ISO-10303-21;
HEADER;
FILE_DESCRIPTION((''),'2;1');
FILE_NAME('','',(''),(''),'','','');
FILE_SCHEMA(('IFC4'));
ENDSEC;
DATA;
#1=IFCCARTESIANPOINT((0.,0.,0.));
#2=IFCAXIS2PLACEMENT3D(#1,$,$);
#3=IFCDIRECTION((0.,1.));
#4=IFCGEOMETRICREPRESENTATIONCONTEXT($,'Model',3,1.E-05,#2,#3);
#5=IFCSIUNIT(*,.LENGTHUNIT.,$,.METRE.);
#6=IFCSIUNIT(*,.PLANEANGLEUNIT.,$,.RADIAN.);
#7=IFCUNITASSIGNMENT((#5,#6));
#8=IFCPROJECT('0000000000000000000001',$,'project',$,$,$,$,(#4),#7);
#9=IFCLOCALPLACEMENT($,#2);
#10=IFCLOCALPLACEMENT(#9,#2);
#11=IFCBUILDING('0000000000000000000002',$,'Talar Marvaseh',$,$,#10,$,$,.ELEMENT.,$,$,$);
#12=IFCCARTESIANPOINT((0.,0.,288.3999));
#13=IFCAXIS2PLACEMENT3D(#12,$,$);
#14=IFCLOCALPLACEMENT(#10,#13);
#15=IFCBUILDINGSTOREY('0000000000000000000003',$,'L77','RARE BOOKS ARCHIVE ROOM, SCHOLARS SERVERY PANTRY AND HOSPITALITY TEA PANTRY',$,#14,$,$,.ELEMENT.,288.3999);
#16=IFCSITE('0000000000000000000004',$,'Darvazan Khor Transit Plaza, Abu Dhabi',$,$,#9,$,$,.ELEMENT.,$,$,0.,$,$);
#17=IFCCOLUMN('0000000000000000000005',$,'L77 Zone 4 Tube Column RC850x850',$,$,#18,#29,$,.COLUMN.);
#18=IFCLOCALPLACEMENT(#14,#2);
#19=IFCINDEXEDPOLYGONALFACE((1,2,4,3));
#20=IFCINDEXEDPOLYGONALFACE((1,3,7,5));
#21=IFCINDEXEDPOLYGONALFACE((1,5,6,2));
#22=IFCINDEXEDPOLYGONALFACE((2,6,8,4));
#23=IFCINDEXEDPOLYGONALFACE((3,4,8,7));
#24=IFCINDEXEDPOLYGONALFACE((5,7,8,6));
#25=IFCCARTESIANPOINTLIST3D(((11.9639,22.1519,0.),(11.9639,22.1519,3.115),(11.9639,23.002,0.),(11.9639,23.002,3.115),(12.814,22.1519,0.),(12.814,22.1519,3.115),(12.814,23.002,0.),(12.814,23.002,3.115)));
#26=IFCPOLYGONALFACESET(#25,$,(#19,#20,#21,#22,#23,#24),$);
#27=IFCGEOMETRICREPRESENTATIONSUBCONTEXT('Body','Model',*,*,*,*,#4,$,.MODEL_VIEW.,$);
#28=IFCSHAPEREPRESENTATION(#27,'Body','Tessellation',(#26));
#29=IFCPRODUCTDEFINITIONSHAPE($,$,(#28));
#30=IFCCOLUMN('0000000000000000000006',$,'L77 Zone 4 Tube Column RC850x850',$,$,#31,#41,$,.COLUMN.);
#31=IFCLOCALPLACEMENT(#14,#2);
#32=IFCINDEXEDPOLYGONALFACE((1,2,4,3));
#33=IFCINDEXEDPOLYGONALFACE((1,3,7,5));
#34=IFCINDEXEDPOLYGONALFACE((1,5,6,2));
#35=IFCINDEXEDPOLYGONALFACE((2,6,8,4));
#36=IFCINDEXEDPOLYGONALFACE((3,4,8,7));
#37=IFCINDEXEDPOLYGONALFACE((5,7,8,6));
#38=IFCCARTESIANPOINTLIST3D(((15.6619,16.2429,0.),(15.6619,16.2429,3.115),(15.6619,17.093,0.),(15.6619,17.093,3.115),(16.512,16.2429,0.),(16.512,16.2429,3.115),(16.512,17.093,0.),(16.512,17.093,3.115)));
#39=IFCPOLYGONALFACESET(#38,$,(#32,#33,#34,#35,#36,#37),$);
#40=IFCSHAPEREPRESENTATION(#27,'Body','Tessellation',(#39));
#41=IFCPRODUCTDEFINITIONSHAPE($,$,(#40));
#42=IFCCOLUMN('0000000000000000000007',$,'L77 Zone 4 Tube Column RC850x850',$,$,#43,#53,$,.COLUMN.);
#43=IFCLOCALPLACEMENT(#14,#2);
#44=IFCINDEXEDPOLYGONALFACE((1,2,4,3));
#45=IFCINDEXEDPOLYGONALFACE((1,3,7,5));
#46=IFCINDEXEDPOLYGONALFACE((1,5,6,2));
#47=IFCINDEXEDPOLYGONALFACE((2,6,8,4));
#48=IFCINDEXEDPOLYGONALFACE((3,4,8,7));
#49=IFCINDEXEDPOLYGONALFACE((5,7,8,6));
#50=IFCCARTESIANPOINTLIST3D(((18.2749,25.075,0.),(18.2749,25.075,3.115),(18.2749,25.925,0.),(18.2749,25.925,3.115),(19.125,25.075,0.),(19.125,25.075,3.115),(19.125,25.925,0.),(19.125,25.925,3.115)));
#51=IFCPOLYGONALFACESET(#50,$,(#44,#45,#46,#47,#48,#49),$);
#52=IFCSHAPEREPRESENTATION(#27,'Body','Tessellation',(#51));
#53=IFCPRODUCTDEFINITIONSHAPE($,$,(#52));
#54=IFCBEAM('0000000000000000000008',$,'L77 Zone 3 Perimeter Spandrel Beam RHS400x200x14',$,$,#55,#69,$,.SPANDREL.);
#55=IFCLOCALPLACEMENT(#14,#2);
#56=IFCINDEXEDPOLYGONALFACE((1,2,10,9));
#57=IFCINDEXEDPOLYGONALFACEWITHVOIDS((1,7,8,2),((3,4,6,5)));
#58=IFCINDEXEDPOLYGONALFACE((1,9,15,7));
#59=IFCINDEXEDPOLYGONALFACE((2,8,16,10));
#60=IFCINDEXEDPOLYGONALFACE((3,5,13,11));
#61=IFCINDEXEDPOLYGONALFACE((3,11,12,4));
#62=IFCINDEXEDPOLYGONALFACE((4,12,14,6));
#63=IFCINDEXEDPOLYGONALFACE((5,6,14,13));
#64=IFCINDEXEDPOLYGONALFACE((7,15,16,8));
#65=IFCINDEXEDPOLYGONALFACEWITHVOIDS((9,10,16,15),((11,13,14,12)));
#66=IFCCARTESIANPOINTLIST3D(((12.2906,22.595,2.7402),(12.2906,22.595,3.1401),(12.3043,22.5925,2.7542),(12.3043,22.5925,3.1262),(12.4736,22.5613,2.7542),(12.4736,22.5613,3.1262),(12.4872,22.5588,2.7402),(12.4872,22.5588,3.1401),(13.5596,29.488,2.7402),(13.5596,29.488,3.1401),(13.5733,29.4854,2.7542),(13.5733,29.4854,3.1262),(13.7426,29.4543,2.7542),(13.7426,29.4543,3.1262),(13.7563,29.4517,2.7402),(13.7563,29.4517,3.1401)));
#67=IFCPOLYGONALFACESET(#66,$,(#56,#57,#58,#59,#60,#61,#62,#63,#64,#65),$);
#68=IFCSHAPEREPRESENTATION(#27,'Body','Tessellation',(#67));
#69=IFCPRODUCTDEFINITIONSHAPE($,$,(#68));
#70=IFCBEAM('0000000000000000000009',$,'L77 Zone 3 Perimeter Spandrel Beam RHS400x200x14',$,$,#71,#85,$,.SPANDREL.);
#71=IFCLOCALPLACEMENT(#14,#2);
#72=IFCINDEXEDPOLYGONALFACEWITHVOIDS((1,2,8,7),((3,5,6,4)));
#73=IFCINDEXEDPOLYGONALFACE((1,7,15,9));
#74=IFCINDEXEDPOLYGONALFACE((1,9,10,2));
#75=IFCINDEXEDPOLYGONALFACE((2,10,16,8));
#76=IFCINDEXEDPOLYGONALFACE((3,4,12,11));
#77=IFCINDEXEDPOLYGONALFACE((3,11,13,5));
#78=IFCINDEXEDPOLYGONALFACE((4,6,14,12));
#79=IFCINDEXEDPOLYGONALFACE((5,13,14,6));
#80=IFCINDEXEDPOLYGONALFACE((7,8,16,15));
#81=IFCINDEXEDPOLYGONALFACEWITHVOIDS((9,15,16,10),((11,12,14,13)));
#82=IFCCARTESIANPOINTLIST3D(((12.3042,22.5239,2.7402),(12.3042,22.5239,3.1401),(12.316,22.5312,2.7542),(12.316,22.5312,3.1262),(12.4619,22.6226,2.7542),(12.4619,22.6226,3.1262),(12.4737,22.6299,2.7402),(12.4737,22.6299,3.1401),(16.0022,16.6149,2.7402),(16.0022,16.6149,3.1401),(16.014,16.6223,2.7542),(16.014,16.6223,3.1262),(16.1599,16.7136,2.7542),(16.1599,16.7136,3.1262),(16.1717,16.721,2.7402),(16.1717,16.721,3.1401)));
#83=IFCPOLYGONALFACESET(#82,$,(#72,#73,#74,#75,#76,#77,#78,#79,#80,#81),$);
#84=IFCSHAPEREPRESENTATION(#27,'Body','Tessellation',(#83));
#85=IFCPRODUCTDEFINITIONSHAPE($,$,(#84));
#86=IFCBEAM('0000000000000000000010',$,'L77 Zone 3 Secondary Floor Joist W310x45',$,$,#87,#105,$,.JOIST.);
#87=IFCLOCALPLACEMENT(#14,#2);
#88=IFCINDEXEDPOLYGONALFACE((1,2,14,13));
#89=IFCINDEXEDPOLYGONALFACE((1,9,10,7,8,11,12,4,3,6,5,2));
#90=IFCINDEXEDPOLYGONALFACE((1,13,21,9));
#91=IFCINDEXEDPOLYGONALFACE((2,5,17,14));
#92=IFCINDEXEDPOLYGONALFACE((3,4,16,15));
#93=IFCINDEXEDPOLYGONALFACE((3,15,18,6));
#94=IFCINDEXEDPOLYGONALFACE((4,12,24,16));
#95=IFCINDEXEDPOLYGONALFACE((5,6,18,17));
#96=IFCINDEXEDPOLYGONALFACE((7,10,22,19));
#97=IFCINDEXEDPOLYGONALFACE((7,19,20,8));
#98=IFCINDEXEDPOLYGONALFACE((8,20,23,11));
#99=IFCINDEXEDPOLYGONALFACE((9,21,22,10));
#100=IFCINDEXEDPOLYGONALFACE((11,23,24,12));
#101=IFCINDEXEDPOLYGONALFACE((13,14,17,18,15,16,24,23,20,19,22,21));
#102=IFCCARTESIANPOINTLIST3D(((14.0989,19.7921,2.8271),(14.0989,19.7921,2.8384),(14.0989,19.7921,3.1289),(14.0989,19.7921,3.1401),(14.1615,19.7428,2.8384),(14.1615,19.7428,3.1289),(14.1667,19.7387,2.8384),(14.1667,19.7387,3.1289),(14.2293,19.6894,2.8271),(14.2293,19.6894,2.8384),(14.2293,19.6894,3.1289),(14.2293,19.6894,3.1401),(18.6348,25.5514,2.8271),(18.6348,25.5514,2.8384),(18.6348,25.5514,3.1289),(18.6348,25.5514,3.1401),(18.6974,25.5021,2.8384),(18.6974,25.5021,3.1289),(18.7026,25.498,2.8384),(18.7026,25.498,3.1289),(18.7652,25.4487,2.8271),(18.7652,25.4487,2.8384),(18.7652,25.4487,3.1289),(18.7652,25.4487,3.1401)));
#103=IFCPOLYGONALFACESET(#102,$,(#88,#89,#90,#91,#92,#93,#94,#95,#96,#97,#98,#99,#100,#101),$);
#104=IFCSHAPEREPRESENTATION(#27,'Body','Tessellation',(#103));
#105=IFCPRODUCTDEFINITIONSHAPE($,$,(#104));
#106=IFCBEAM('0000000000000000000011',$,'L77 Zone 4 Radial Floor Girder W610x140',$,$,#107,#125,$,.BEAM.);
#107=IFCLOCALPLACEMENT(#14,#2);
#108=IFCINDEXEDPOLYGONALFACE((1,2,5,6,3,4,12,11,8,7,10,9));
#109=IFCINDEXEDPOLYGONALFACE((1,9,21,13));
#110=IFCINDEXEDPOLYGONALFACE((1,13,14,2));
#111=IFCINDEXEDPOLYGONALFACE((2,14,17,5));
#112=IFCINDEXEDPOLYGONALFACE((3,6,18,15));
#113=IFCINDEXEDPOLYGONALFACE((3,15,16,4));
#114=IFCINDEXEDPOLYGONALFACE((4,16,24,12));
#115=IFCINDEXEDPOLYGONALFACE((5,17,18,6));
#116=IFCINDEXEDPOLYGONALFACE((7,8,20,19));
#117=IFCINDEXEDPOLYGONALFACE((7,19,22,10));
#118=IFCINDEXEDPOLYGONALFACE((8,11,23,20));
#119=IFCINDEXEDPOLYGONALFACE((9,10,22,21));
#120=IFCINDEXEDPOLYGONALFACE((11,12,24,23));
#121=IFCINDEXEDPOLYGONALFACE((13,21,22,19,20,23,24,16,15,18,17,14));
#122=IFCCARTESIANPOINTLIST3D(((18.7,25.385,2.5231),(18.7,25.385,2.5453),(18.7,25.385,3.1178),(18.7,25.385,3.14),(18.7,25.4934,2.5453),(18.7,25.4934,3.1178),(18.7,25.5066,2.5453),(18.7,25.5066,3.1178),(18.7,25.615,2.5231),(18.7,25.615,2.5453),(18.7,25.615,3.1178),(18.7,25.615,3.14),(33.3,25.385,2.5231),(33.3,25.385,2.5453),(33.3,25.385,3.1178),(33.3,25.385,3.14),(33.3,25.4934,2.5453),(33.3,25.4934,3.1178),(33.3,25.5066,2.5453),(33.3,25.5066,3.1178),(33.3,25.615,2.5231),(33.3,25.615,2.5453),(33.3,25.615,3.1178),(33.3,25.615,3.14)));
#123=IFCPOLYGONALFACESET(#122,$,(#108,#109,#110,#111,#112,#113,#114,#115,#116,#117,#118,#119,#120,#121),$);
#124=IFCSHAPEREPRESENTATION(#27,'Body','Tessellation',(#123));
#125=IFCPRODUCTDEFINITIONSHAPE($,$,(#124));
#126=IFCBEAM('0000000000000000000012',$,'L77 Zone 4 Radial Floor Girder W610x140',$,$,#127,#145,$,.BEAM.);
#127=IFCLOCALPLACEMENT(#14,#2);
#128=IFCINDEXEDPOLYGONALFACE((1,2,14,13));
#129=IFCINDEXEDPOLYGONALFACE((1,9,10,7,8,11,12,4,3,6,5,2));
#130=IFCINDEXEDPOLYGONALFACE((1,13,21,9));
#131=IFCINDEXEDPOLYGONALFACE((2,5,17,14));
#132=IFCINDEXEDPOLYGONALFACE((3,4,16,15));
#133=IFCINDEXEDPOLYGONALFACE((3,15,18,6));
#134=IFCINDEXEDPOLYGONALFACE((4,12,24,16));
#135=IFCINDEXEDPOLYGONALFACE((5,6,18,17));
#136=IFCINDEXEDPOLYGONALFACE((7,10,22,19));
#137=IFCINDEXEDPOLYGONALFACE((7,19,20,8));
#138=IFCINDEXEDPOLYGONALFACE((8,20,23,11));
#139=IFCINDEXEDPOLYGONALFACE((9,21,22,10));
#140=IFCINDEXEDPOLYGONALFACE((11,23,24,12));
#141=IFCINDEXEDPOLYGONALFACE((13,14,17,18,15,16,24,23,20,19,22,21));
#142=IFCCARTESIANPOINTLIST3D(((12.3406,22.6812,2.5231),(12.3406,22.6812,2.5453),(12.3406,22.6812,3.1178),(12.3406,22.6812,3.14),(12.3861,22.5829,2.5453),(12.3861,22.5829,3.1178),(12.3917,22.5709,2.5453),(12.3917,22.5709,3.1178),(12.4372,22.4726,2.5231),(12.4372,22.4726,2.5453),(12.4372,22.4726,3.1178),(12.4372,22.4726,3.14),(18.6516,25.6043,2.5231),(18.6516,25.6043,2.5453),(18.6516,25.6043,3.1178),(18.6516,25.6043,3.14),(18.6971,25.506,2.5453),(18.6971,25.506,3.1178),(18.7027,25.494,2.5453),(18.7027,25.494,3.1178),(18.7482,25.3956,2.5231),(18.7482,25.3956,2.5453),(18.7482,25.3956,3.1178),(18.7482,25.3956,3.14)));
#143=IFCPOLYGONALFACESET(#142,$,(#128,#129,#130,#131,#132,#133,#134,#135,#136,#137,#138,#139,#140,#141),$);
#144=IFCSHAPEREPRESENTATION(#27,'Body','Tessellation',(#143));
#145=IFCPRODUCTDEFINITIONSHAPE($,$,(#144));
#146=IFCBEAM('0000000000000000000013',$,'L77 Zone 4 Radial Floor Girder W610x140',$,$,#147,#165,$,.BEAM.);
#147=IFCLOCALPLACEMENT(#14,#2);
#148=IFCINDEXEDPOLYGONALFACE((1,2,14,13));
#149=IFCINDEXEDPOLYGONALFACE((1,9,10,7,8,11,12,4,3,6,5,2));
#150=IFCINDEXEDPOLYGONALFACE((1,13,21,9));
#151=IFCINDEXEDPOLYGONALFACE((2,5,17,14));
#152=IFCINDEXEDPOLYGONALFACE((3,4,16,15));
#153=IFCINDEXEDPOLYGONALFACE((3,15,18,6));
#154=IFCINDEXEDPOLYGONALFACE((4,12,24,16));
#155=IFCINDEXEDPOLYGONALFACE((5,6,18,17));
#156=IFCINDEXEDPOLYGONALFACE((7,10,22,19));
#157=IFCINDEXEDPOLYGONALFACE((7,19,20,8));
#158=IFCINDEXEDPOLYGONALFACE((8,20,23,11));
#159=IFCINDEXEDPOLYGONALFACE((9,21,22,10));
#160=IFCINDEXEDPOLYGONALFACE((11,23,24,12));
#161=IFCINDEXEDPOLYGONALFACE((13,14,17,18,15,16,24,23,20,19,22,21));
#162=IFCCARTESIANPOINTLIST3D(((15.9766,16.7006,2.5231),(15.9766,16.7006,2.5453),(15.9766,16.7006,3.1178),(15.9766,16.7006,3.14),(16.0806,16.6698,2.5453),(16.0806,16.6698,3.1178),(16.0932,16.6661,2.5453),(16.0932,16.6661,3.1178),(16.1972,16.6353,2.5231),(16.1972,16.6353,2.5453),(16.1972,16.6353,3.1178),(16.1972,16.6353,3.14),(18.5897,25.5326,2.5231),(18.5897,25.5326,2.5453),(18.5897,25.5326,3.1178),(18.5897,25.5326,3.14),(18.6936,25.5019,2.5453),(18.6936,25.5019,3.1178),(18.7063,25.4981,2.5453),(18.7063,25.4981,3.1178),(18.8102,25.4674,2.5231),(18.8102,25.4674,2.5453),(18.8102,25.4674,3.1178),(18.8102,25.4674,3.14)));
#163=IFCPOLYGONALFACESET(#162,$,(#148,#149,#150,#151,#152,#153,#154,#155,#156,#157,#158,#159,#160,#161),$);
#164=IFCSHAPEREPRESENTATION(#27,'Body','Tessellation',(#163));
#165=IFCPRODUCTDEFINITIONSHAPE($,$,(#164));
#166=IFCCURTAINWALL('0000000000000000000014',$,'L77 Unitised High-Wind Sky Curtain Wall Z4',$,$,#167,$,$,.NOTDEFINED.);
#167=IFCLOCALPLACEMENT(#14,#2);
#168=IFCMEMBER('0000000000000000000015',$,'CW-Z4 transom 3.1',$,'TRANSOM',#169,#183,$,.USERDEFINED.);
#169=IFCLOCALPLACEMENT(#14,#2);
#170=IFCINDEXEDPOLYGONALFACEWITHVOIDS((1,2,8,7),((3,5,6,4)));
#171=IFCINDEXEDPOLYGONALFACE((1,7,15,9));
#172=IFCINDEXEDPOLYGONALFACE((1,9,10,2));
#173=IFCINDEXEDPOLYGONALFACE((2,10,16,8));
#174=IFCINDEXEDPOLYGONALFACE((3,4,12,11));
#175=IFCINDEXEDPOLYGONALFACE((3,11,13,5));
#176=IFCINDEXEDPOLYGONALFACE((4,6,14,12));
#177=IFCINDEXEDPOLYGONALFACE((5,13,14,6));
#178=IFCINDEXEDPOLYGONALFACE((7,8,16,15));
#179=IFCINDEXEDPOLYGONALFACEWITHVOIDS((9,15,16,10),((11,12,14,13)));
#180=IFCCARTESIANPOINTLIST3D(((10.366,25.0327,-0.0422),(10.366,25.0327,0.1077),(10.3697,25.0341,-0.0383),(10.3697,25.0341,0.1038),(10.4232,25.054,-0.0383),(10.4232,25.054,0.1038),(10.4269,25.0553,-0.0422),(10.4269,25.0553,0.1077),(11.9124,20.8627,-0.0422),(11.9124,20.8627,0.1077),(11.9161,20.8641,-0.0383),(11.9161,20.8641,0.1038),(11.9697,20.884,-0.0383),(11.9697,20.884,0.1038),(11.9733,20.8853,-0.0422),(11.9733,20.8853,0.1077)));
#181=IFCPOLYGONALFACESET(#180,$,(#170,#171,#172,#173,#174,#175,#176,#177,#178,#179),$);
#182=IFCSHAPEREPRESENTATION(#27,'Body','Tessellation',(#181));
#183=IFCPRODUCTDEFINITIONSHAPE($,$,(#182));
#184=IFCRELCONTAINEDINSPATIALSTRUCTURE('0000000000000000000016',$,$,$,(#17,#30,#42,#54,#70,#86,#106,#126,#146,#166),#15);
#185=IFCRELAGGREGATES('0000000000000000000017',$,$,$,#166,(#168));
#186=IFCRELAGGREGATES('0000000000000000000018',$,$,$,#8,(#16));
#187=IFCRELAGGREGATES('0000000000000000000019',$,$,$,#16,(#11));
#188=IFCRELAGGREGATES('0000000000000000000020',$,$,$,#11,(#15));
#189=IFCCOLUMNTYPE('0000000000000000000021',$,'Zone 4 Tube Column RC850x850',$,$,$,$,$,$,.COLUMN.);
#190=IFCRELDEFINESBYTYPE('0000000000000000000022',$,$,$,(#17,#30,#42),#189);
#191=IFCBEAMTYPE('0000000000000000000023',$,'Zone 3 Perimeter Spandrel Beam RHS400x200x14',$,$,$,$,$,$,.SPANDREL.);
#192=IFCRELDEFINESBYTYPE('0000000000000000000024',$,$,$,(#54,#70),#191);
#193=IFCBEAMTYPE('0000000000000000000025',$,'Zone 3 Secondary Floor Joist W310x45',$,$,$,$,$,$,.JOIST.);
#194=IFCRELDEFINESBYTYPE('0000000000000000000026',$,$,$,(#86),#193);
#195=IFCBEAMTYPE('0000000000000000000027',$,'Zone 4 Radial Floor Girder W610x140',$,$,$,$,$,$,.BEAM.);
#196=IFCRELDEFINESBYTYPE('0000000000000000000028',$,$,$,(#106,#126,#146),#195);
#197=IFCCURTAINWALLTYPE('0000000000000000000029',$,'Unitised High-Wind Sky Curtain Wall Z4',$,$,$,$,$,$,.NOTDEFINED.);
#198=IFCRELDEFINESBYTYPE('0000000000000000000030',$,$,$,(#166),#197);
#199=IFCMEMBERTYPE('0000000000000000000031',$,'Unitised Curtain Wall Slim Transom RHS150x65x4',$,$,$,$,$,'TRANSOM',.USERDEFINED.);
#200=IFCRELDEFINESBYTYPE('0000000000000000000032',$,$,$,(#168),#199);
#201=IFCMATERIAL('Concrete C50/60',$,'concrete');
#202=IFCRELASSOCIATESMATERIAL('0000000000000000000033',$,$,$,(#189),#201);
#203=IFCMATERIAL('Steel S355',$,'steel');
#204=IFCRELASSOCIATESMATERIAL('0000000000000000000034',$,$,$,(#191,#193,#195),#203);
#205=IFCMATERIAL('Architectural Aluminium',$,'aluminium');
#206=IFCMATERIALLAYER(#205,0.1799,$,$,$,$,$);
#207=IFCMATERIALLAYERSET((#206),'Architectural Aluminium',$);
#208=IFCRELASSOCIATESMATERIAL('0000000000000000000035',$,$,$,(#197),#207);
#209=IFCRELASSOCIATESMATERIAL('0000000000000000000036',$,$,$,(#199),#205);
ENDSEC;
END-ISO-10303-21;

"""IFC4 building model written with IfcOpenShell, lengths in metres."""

from ifc_helpers import new_model, si_unit, direction, frame, origin, origin_2d, place, context, subcontext, project, spatial, rectangle, hollow_rectangle, i_section, extrude, source, transform, mapped, material, layer, layer_set, material_profile, profile_set, type_object, element, aggregate, save


model = new_model("IFC4")

# Units and contexts
model_context = context("Model", 3, precision=1e-05, world=origin(), true_north=direction((0.0, 1.0)))
body_context = subcontext(model_context, "Body", "Model", "MODEL_VIEW")
ifc_project = project(units=[si_unit("LENGTHUNIT", "METRE"), si_unit("PLANEANGLEUNIT", "RADIAN")], contexts=[model_context])

# Site, building, storey
site_placement = place(None, origin())
site = spatial("IfcSite", under=ifc_project, at=site_placement, Name="Darvazan Khor Transit Plaza, Abu Dhabi", CompositionType="ELEMENT", RefElevation=0.0)
building_placement = place(site_placement, origin())
building = spatial("IfcBuilding", under=site, at=building_placement, Name="Talar Marvaseh", CompositionType="ELEMENT")
storey_placement = place(building_placement, frame((0.0, 0.0, 288.3999)))
storey = spatial("IfcBuildingStorey", under=building, at=storey_placement, Name="L77", Description="RARE BOOKS ARCHIVE ROOM, SCHOLARS SERVERY PANTRY AND HOSPITALITY TEA PANTRY", CompositionType="ELEMENT", Elevation=288.3999)

# Columns
ifc_material_1 = material(Name="Concrete C50/60", Category="concrete")
ifc_material_profile_1 = material_profile(ifc_material_1, rectangle(XDim=0.8501, YDim=0.8501, at=origin_2d()), Name="RC850x850")
ifc_profile_set_1 = profile_set([ifc_material_profile_1], Name="Concrete C50/60")
column_type = type_object("IfcColumnType", Name="Zone 4 Tube Column RC850x850", PredefinedType="COLUMN", material=ifc_profile_set_1)
for number, where, z_axis, x_axis, name in (
    (1, (12.3889, 22.5769, 0.0), (0.0, 0.0, 1.0), (1.0, 0.0, 0.0), "L77 Zone 4 Tube Column RC850x850"),
    (2, (16.0869, 16.668, 0.0), (0.0, 0.0, 1.0), (1.0, 0.0, 0.0), "L77 Zone 4 Tube Column RC850x850"),
    (3, (18.7, 25.5, 0.0), (0.0, 0.0, 1.0), (1.0, 0.0, 0.0), "L77 Zone 4 Tube Column RC850x850"),
):
    element("IfcColumn", number, at=place(storey_placement, frame(where, z_axis=z_axis, x_axis=x_axis)), inside=storey, type_object=column_type, Name=name, PredefinedType="COLUMN", context=body_context, shape_type="SweptSolid", body=[
        extrude(rectangle(XDim=0.8501, YDim=0.8501, at=origin_2d()), origin(), (0.0, 0.0, 1.0), 3.115),
    ])

# Beams
ifc_material_2 = material(Name="Steel S355", Category="steel")
ifc_material_profile_2 = material_profile(ifc_material_2, hollow_rectangle(XDim=0.2, YDim=0.3999, WallThickness=0.0139, at=origin_2d()), Name="RHS400x200x14")
ifc_profile_set_2 = profile_set([ifc_material_profile_2], Name="Steel S355")
beam_type_1 = type_object("IfcBeamType", Name="Zone 3 Perimeter Spandrel Beam RHS400x200x14", PredefinedType="SPANDREL", material=ifc_profile_set_2)
beam_1_placement = place(storey_placement, frame((12.3889, 22.5769, 2.9402), z_axis=(0.181061, 0.983472, 0.0), x_axis=(-0.983472, 0.181061, 0.0)))
element("IfcBeam", 4, at=beam_1_placement, inside=storey, type_object=beam_type_1, Name="L77 Zone 3 Perimeter Spandrel Beam RHS400x200x14", PredefinedType="SPANDREL", context=body_context, shape_type="SweptSolid", body=[
    extrude(hollow_rectangle(XDim=0.2, YDim=0.3999, WallThickness=0.0139, at=origin_2d()), origin(), (0.0, 0.0, 1.0), 7.0088),
])
beam_2_placement = place(storey_placement, frame((16.0869, 16.668, 2.9402), z_axis=(-0.530506, 0.847681, 0.0), x_axis=(-0.847681, -0.530506, 0.0)))
element("IfcBeam", 5, at=beam_2_placement, inside=storey, type_object=beam_type_1, Name="L77 Zone 3 Perimeter Spandrel Beam RHS400x200x14", PredefinedType="SPANDREL", context=body_context, shape_type="SweptSolid", body=[
    extrude(hollow_rectangle(XDim=0.2, YDim=0.3999, WallThickness=0.0139, at=origin_2d()), origin(), (0.0, 0.0, 1.0), 6.9707),
])
ifc_material_profile_3 = material_profile(ifc_material_2, i_section(OverallWidth=0.166, OverallDepth=0.313, WebThickness=0.0066, FlangeThickness=0.0112, at=origin_2d()), Name="W310x45")
ifc_profile_set_3 = profile_set([ifc_material_profile_3], Name="Steel S355")
beam_type_2 = type_object("IfcBeamType", Name="Zone 3 Secondary Floor Joist W310x45", PredefinedType="JOIST", material=ifc_profile_set_3)
beam_3_placement = place(storey_placement, frame((14.1641, 19.7407, 2.9836), z_axis=(0.618727, 0.785606, 0.0), x_axis=(-0.785606, 0.618727, 0.0)))
element("IfcBeam", 6, at=beam_3_placement, inside=storey, type_object=beam_type_2, Name="L77 Zone 3 Secondary Floor Joist W310x45", PredefinedType="JOIST", context=body_context, shape_type="SweptSolid", body=[
    extrude(i_section(OverallWidth=0.166, OverallDepth=0.313, WebThickness=0.0066, FlangeThickness=0.0112, at=origin_2d()), origin(), (0.0, 0.0, 1.0), 7.3311),
])
ifc_material_profile_4 = material_profile(ifc_material_2, i_section(OverallWidth=0.23, OverallDepth=0.6169, WebThickness=0.0132, FlangeThickness=0.0222, at=origin_2d()), Name="W610x140")
ifc_profile_set_4 = profile_set([ifc_material_profile_4], Name="Steel S355")
beam_type_3 = type_object("IfcBeamType", Name="Zone 4 Radial Floor Girder W610x140", PredefinedType="BEAM", material=ifc_profile_set_4)
beam_4_placement = place(storey_placement, frame((18.7, 25.5, 2.8315), z_axis=(1.0, 0.0, 0.0), x_axis=(0.0, 1.0, 0.0)))
element("IfcBeam", 7, at=beam_4_placement, inside=storey, type_object=beam_type_3, Name="L77 Zone 4 Radial Floor Girder W610x140", PredefinedType="BEAM", context=body_context, shape_type="SweptSolid", body=[
    extrude(i_section(OverallWidth=0.23, OverallDepth=0.6169, WebThickness=0.0132, FlangeThickness=0.0222, at=origin_2d()), origin(), (0.0, 0.0, 1.0), 14.6001),
])
beam_5_placement = place(storey_placement, frame((12.3889, 22.5769, 2.8315), z_axis=(0.907395, 0.42028, 0.0), x_axis=(-0.42028, 0.907395, 0.0)))
element("IfcBeam", 8, at=beam_5_placement, inside=storey, type_object=beam_type_3, Name="L77 Zone 4 Radial Floor Girder W610x140", PredefinedType="BEAM", context=body_context, shape_type="SweptSolid", body=[
    extrude(i_section(OverallWidth=0.23, OverallDepth=0.6169, WebThickness=0.0132, FlangeThickness=0.0222, at=origin_2d()), origin(), (0.0, 0.0, 1.0), 6.9551),
])
beam_6_placement = place(storey_placement, frame((16.0869, 16.668, 2.8315), z_axis=(0.283703, 0.958912, 0.0), x_axis=(-0.958912, 0.283703, 0.0)))
element("IfcBeam", 9, at=beam_6_placement, inside=storey, type_object=beam_type_3, Name="L77 Zone 4 Radial Floor Girder W610x140", PredefinedType="BEAM", context=body_context, shape_type="SweptSolid", body=[
    extrude(i_section(OverallWidth=0.23, OverallDepth=0.6169, WebThickness=0.0132, FlangeThickness=0.0222, at=origin_2d()), origin(), (0.0, 0.0, 1.0), 9.2104),
])

# Curtain wall, member
ifc_material_3 = material(Name="Architectural Aluminium", Category="aluminium")
ifc_layer_1 = layer(ifc_material_3, 0.1799)
ifc_layer_set_1 = layer_set([ifc_layer_1], Name="Architectural Aluminium")
curtain_wall_type = type_object("IfcCurtainWallType", Name="Unitised High-Wind Sky Curtain Wall Z4", PredefinedType="NOTDEFINED", material=ifc_layer_set_1)
curtain_wall_placement = place(storey_placement, origin())
curtain_wall = element("IfcCurtainWall", 10, at=curtain_wall_placement, inside=storey, type_object=curtain_wall_type, Name="L77 Unitised High-Wind Sky Curtain Wall Z4", PredefinedType="NOTDEFINED")
ifc_material_profile_5 = material_profile(ifc_material_3, hollow_rectangle(XDim=0.0649, YDim=0.1499, WallThickness=0.0039, at=origin_2d()), Name="RHS150x65x4")
ifc_profile_set_5 = profile_set([ifc_material_profile_5], Name="Architectural Aluminium")
member_type_1 = type_object("IfcMemberType", Name="Unitised Curtain Wall Slim Transom RHS150x65x4", ElementType="TRANSOM", PredefinedType="USERDEFINED", material=ifc_profile_set_5)
shared_shape_1 = source(origin(), body_context, "Body", "SweptSolid", [
    extrude(hollow_rectangle(XDim=0.0649, YDim=0.1499, WallThickness=0.0039, at=origin_2d()), origin(), (0.0, 0.0, 1.0), 4.4475),
])
member_1_placement = place(storey_placement, frame((11.9429, 20.874, 0.0327), z_axis=(-0.347704, 0.937604, 0.0), x_axis=(-0.937604, -0.347704, 0.0)))
member_1 = element("IfcMember", 11, at=member_1_placement, type_object=member_type_1, Name="CW-Z4 transom 3.1", ObjectType="TRANSOM", PredefinedType="USERDEFINED", context=body_context, shape_type="MappedRepresentation", body=[
    mapped(shared_shape_1, transform((0.0, 0.0, 0.0), x_axis=(1.0, 0.0, 0.0), y_axis=(0.0, 1.0, 0.0), z_axis=(0.0, 0.0, 1.0), scale=1.0)),
])
aggregate(curtain_wall, [member_1])

save(model, "model.ifc")
